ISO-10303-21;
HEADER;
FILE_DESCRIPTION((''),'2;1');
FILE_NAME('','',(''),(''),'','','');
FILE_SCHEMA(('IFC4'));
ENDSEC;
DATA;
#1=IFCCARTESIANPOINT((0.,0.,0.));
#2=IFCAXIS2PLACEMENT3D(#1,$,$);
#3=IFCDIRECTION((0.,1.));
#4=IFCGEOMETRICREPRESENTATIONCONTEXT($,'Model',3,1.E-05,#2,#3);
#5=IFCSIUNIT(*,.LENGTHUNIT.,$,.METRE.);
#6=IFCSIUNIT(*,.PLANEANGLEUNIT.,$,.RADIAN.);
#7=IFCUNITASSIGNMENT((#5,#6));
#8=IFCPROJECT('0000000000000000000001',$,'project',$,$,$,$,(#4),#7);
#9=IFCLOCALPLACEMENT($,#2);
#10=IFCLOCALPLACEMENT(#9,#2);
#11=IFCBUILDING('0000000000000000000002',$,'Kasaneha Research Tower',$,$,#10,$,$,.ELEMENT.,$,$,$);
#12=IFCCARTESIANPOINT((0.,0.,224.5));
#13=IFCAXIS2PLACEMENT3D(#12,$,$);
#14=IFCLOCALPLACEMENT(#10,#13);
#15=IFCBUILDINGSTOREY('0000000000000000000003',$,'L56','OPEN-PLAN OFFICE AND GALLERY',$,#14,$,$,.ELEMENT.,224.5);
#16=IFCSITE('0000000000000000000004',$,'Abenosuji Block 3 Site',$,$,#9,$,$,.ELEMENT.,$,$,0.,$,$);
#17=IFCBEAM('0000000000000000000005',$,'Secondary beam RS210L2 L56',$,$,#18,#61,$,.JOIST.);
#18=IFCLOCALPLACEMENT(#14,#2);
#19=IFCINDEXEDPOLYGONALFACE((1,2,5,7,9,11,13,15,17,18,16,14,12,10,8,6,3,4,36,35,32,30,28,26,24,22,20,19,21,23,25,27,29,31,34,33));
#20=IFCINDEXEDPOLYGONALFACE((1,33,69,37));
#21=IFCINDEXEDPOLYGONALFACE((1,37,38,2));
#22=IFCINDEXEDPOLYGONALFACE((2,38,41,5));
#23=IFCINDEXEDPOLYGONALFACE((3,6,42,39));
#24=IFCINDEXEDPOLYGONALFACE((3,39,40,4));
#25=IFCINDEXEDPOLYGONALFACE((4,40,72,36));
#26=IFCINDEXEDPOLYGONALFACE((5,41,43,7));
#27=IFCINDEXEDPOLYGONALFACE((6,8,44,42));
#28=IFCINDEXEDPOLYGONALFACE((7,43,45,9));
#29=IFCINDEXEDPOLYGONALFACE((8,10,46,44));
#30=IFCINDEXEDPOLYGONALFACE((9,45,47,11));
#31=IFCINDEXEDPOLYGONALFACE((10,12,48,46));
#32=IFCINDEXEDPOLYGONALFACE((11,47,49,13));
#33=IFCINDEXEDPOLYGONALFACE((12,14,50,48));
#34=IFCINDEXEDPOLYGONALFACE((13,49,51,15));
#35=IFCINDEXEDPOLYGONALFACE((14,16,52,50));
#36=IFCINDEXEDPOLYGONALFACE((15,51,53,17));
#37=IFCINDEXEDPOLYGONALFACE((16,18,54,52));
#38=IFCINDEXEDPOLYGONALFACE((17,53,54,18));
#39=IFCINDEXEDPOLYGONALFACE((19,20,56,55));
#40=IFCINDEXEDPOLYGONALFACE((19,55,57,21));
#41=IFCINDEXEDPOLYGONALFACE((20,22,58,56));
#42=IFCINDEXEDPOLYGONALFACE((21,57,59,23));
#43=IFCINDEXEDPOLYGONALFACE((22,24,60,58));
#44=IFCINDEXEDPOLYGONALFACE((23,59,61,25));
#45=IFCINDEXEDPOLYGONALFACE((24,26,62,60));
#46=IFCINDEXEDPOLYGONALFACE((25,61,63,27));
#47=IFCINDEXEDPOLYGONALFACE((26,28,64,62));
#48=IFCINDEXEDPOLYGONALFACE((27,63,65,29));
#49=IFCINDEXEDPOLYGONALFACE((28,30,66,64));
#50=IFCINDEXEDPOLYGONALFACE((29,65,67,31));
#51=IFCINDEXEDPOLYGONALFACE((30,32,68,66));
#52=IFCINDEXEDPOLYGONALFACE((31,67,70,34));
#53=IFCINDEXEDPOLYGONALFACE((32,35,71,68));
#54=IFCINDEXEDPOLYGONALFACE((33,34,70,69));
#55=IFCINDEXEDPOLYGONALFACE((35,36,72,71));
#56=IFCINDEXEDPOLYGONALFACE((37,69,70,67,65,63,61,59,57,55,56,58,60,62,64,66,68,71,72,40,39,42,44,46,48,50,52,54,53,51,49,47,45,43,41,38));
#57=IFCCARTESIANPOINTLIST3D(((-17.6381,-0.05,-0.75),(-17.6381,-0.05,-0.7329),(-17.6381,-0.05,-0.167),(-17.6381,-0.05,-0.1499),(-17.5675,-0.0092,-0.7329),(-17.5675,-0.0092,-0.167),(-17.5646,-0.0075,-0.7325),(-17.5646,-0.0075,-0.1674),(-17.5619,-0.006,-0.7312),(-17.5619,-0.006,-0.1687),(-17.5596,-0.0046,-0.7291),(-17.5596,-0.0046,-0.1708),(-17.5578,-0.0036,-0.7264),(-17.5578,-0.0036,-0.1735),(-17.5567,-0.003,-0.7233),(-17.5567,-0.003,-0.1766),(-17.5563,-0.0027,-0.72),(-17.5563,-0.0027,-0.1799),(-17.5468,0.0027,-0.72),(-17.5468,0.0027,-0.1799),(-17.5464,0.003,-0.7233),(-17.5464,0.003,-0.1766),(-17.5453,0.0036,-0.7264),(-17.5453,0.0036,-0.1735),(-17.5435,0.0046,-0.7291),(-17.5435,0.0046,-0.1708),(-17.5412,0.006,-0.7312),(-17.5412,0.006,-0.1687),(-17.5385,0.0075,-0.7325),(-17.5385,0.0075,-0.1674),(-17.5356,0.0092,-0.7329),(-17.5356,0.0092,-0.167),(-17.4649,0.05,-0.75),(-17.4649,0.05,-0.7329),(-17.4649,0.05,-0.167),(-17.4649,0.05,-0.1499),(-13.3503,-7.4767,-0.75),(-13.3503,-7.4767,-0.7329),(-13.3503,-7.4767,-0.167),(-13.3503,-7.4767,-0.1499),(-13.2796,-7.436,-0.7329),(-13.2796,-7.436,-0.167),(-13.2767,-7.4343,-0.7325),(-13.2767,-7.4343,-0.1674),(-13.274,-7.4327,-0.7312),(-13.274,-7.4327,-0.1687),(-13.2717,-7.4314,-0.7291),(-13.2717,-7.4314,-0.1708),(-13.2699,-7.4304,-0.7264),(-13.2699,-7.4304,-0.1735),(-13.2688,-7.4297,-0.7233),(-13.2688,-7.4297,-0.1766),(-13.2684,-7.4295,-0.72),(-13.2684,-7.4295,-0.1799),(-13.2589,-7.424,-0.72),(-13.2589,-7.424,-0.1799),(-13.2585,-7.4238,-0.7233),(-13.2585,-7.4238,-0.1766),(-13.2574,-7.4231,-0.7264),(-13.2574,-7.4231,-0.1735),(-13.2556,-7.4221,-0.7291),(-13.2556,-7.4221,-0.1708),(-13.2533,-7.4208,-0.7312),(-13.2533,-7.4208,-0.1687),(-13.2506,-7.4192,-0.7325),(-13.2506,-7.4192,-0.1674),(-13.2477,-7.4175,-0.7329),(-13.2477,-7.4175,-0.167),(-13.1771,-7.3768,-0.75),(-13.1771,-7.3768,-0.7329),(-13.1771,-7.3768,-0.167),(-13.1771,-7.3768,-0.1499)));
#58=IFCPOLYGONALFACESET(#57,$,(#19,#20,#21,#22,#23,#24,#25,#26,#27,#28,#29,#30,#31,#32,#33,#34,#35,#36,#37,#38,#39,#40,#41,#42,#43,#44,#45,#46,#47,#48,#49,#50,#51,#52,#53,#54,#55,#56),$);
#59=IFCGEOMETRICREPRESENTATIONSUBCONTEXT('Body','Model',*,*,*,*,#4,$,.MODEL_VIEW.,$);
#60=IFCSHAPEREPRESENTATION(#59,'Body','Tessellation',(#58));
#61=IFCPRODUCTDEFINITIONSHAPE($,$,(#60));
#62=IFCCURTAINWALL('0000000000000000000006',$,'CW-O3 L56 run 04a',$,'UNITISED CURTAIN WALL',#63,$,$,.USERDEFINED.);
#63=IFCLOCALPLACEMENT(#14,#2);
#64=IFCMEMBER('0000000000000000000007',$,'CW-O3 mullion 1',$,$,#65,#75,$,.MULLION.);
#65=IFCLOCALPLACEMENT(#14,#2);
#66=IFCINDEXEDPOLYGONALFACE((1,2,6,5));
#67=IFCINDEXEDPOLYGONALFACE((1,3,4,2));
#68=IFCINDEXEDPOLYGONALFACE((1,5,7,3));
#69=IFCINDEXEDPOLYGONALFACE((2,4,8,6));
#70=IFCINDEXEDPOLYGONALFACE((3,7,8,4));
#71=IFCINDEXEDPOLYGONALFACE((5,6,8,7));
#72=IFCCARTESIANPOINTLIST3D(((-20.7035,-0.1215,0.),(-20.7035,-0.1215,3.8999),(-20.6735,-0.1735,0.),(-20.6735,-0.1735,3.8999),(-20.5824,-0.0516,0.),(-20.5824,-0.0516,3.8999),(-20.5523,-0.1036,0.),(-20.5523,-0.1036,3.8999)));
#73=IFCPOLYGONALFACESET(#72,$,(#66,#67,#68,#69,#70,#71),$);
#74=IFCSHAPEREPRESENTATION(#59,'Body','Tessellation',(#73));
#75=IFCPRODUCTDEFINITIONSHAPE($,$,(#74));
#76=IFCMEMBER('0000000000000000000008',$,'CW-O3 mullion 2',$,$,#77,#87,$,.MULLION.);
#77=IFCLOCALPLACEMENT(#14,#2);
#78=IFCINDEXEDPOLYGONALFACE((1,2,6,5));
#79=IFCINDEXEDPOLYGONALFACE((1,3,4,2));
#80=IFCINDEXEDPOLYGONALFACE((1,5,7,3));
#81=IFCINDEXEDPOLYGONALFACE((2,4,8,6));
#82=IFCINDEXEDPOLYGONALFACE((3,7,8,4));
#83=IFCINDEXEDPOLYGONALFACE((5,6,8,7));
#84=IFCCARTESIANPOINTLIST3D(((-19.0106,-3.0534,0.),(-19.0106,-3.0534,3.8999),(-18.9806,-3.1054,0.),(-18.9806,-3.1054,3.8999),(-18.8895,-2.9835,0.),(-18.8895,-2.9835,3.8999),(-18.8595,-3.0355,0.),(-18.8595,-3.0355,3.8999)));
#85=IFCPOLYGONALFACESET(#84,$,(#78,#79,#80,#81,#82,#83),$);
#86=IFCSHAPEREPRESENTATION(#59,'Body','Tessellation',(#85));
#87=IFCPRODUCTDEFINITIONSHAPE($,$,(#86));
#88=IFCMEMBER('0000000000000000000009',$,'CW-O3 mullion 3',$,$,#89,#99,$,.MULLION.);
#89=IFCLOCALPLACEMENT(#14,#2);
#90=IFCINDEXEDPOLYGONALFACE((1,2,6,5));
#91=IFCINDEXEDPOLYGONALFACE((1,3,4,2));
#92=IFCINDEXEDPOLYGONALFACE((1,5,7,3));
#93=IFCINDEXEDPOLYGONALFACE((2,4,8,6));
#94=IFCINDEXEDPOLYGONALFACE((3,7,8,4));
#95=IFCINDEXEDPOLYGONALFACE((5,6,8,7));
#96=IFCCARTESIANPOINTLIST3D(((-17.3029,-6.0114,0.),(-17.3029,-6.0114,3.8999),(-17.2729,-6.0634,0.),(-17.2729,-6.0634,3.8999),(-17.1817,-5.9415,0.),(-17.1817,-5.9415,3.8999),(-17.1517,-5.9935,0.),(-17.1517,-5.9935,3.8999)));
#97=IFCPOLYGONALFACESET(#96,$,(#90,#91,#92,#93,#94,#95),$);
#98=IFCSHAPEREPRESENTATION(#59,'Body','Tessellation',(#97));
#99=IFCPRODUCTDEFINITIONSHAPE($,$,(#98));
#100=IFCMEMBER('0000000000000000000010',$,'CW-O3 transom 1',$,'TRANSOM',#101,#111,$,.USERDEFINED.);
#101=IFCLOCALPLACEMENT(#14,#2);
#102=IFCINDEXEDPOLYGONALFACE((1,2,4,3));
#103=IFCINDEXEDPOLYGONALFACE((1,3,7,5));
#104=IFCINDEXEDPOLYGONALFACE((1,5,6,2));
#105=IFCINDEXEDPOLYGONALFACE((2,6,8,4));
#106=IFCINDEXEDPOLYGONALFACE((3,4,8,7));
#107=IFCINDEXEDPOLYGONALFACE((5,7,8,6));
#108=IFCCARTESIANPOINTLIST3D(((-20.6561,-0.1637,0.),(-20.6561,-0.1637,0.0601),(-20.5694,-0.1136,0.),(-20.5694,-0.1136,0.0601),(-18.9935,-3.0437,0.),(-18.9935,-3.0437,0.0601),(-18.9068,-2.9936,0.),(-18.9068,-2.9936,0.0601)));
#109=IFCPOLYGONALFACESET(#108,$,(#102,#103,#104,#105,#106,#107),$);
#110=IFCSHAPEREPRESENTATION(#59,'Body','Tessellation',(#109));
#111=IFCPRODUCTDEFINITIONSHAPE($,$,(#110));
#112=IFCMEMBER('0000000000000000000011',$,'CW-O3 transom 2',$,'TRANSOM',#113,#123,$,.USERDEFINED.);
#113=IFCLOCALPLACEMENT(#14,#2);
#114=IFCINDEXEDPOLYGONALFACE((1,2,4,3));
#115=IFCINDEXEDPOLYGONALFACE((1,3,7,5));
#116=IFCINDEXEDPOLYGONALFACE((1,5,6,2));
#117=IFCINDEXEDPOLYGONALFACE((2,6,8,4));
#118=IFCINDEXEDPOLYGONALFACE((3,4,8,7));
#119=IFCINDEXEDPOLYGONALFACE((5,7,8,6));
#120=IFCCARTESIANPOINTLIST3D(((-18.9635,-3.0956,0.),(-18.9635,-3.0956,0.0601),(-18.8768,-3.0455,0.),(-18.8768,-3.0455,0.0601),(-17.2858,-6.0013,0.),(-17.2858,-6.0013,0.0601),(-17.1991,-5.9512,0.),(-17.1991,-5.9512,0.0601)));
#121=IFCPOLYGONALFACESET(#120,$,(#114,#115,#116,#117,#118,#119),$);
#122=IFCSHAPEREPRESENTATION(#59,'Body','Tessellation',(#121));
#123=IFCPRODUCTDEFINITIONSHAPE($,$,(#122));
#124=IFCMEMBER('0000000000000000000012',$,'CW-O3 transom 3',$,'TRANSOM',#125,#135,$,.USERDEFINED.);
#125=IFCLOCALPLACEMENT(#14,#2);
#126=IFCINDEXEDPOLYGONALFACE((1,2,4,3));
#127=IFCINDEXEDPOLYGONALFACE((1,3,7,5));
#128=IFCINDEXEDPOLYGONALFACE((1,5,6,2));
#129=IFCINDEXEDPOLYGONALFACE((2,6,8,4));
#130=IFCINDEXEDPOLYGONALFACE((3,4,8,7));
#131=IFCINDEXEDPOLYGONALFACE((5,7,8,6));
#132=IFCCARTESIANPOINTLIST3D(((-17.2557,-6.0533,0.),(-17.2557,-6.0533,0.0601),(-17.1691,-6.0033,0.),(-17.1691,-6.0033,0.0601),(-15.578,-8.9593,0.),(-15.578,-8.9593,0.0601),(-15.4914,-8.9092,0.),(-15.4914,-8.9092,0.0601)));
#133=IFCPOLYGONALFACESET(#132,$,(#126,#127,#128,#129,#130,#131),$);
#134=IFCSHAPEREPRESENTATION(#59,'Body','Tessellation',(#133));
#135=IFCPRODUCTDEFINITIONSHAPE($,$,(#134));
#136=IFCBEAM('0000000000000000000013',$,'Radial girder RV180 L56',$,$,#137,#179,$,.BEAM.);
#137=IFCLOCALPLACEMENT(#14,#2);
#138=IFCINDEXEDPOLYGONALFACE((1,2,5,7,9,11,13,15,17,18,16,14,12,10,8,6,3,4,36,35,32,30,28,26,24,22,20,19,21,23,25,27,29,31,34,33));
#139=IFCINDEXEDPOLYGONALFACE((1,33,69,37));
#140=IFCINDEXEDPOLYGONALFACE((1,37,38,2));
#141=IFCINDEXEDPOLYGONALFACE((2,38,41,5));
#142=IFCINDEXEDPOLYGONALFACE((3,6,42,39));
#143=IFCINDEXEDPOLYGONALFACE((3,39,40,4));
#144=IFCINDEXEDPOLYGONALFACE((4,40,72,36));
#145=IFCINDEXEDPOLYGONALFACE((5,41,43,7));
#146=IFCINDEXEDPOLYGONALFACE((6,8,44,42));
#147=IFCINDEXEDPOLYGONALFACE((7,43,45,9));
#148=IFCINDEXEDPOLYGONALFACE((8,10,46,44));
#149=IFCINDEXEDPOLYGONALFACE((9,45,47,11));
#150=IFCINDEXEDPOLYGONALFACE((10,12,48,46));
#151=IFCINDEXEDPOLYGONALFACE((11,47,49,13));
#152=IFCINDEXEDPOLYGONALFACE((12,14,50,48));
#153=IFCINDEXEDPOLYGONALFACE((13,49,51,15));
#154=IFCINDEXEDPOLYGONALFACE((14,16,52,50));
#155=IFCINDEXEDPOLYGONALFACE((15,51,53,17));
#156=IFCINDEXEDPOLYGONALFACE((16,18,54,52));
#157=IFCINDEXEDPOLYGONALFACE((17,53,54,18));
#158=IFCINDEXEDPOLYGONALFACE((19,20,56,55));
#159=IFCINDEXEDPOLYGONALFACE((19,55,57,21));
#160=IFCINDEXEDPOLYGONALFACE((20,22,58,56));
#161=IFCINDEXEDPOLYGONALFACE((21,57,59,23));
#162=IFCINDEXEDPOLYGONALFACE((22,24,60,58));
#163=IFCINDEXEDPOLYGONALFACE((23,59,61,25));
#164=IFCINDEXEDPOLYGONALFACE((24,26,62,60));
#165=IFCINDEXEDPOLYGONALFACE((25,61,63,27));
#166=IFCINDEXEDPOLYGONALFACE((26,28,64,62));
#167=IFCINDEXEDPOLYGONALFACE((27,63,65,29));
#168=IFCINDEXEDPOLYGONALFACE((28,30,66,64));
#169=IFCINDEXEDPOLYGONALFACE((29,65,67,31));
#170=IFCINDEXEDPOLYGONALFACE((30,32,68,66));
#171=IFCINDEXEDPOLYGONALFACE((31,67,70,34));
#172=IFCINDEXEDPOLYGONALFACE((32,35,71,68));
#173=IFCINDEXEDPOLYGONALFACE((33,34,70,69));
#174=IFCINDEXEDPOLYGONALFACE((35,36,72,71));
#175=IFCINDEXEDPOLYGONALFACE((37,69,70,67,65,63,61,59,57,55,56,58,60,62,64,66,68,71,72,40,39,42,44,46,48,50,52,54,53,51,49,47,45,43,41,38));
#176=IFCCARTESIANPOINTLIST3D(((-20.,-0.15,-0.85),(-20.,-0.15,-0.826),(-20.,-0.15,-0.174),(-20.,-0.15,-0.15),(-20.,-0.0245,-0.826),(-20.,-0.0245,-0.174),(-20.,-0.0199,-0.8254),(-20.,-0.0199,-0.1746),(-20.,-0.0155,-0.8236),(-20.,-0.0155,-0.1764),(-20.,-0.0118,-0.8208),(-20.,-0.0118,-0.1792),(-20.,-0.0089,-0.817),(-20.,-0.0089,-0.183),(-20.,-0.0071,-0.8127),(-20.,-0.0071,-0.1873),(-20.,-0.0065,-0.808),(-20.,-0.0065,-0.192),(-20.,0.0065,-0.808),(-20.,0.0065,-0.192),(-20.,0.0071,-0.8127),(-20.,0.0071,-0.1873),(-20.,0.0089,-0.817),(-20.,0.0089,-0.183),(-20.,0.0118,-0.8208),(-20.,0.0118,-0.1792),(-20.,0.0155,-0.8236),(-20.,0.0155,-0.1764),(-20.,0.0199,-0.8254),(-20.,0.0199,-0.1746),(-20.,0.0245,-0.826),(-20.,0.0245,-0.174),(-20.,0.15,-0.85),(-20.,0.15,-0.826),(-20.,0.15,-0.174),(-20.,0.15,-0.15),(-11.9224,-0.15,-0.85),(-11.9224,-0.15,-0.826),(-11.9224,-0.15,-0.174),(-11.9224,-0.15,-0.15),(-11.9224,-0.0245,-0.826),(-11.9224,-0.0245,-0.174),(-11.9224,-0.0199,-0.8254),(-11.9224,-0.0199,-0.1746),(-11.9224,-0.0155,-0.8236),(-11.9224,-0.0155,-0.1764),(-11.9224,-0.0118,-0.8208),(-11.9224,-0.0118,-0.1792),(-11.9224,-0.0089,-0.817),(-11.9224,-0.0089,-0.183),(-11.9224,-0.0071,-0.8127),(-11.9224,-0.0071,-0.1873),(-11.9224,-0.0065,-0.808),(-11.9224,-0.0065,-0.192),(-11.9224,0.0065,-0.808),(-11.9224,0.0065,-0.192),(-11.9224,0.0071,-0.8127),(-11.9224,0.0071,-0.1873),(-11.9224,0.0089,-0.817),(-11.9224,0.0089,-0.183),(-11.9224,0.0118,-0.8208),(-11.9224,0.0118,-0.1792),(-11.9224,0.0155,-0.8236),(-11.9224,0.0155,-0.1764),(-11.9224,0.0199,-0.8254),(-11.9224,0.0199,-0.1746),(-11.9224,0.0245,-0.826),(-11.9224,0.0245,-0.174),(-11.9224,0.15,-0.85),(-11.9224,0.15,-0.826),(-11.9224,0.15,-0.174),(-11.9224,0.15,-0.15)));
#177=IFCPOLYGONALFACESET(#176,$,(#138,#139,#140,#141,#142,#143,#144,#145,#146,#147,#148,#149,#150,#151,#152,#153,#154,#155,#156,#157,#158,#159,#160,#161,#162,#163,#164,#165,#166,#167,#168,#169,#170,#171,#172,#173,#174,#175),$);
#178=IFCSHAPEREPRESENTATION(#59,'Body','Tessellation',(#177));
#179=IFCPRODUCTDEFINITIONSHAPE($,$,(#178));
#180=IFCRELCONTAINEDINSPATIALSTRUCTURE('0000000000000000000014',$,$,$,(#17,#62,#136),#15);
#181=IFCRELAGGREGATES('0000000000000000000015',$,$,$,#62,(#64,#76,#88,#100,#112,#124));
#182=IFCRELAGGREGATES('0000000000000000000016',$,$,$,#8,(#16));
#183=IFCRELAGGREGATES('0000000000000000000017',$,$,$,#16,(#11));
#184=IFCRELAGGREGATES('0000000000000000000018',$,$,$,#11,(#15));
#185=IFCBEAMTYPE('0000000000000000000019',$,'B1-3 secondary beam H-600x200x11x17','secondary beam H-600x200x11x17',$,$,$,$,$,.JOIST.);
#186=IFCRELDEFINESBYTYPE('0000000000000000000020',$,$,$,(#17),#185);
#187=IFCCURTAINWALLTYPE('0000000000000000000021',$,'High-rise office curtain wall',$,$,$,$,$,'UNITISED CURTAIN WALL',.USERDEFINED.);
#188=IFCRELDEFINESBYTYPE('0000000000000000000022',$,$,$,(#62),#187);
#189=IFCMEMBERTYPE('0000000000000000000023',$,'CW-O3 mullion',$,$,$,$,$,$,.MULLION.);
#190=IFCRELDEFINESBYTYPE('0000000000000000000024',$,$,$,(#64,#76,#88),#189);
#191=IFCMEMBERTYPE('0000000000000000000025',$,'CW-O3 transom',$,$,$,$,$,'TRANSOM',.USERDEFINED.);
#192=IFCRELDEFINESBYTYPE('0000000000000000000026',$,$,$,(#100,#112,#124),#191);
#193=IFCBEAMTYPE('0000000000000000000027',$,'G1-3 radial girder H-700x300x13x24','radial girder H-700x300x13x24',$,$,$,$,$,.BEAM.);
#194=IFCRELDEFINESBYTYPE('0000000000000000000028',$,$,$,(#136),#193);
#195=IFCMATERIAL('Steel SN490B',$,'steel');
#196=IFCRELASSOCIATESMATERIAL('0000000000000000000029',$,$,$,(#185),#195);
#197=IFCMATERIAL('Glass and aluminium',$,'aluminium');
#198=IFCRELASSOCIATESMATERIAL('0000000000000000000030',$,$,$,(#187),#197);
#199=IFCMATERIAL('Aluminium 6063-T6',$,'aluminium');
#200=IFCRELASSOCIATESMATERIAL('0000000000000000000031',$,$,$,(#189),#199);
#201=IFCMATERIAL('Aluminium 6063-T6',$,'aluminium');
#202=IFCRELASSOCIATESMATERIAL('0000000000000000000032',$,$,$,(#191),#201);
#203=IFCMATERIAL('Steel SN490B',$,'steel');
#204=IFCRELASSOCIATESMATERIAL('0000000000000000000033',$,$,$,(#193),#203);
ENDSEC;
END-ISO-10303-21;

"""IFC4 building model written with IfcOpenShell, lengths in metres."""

from ifc_helpers import new_model, si_unit, direction, frame, origin, origin_2d, place, context, subcontext, project, spatial, rectangle, i_section, extrude, material, material_profile, profile_set, type_object, element, aggregate, save


model = new_model("IFC4")

# Units and contexts
model_context = context("Model", 3, precision=1e-05, world=origin(), true_north=direction((0.0, 1.0)))
body_context = subcontext(model_context, "Body", "Model", "MODEL_VIEW")
ifc_project = project(units=[si_unit("LENGTHUNIT", "METRE"), si_unit("PLANEANGLEUNIT", "RADIAN")], contexts=[model_context])

# Site, building, storey
site_placement = place(None, origin())
site = spatial("IfcSite", under=ifc_project, at=site_placement, Name="Abenosuji Block 3 Site", CompositionType="ELEMENT", RefElevation=0.0)
building_placement = place(site_placement, origin())
building = spatial("IfcBuilding", under=site, at=building_placement, Name="Kasaneha Research Tower", CompositionType="ELEMENT")
storey_placement = place(building_placement, frame((0.0, 0.0, 224.5)))
storey = spatial("IfcBuildingStorey", under=building, at=storey_placement, Name="L56", Description="OPEN-PLAN OFFICE AND GALLERY", CompositionType="ELEMENT", Elevation=224.5)

# Beam
ifc_material_1 = material(Name="Steel SN490B", Category="steel")
ifc_material_profile_1 = material_profile(ifc_material_1, i_section(OverallWidth=0.2, OverallDepth=0.6001, WebThickness=0.011, FlangeThickness=0.0171, FilletRadius=0.0129, at=origin_2d()), Name="H-600x200x11x17")
ifc_profile_set_1 = profile_set([ifc_material_profile_1], Name="Steel SN490B")
beam_type_1 = type_object("IfcBeamType", Name="B1-3 secondary beam H-600x200x11x17", Description="secondary beam H-600x200x11x17", PredefinedType="JOIST", material=ifc_profile_set_1)
beam_1_placement = place(storey_placement, frame((-17.5515, 0.0, -0.45), z_axis=(0.5, -0.866025, 0.0), x_axis=(0.866025, 0.5, 0.0)))
element("IfcBeam", 1, at=beam_1_placement, inside=storey, type_object=beam_type_1, Name="Secondary beam RS210L2 L56", PredefinedType="JOIST", context=body_context, shape_type="SweptSolid", body=[
    extrude(i_section(OverallWidth=0.2, OverallDepth=0.6001, WebThickness=0.011, FlangeThickness=0.0171, FilletRadius=0.0129, at=origin_2d()), origin(), (0.0, 0.0, 1.0), 8.5757),
])

# Curtain wall, members
ifc_material_2 = material(Name="Glass and aluminium", Category="aluminium")
curtain_wall_type = type_object("IfcCurtainWallType", Name="High-rise office curtain wall", ElementType="UNITISED CURTAIN WALL", PredefinedType="USERDEFINED", material=ifc_material_2)
curtain_wall_placement = place(storey_placement, origin())
curtain_wall = element("IfcCurtainWall", 2, at=curtain_wall_placement, inside=storey, type_object=curtain_wall_type, Name="CW-O3 L56 run 04a", ObjectType="UNITISED CURTAIN WALL", PredefinedType="USERDEFINED")
ifc_material_3 = material(Name="Aluminium 6063-T6", Category="aluminium")
ifc_material_profile_2 = material_profile(ifc_material_3, rectangle(XDim=0.0601, YDim=0.1399, at=origin_2d()), Name="CW-O3 mullion 60x140")
ifc_profile_set_2 = profile_set([ifc_material_profile_2], Name="Aluminium 6063-T6")
member_type_1 = type_object("IfcMemberType", Name="CW-O3 mullion", PredefinedType="MULLION", material=ifc_profile_set_2)
member_1_placement = place(storey_placement, frame((-20.6279, -0.1125, 0.0), z_axis=(0.0, 0.0, 1.0), x_axis=(0.5, -0.866025, 0.0)))
member_1 = element("IfcMember", 3, at=member_1_placement, type_object=member_type_1, Name="CW-O3 mullion 1", PredefinedType="MULLION", context=body_context, shape_type="SweptSolid", body=[
    extrude(rectangle(XDim=0.0601, YDim=0.1399, at=origin_2d()), origin(), (0.0, 0.0, 1.0), 3.8999),
])
member_2_placement = place(storey_placement, frame((-18.9351, -3.0444, 0.0), z_axis=(0.0, 0.0, 1.0), x_axis=(0.5, -0.866025, 0.0)))
member_2 = element("IfcMember", 4, at=member_2_placement, type_object=member_type_1, Name="CW-O3 mullion 2", PredefinedType="MULLION", context=body_context, shape_type="SweptSolid", body=[
    extrude(rectangle(XDim=0.0601, YDim=0.1399, at=origin_2d()), origin(), (0.0, 0.0, 1.0), 3.8999),
])
member_3_placement = place(storey_placement, frame((-17.2273, -6.0024, 0.0), z_axis=(0.0, 0.0, 1.0), x_axis=(0.5, -0.866025, 0.0)))
member_3 = element("IfcMember", 5, at=member_3_placement, type_object=member_type_1, Name="CW-O3 mullion 3", PredefinedType="MULLION", context=body_context, shape_type="SweptSolid", body=[
    extrude(rectangle(XDim=0.0601, YDim=0.1399, at=origin_2d()), origin(), (0.0, 0.0, 1.0), 3.8999),
])
ifc_material_4 = material(Name="Aluminium 6063-T6", Category="aluminium")
ifc_material_profile_3 = material_profile(ifc_material_4, rectangle(XDim=0.1001, YDim=0.0601, at=origin_2d()), Name="CW-O3 transom 100x60")
ifc_profile_set_3 = profile_set([ifc_material_profile_3], Name="Aluminium 6063-T6")
member_type_2 = type_object("IfcMemberType", Name="CW-O3 transom", ElementType="TRANSOM", PredefinedType="USERDEFINED", material=ifc_profile_set_3)
member_4_placement = place(storey_placement, frame((-20.6128, -0.1387, 0.03), z_axis=(0.499977, -0.866039, 0.0), x_axis=(0.866039, 0.499977, 0.0)))
member_4 = element("IfcMember", 6, at=member_4_placement, type_object=member_type_2, Name="CW-O3 transom 1", ObjectType="TRANSOM", PredefinedType="USERDEFINED", context=body_context, shape_type="SweptSolid", body=[
    extrude(rectangle(XDim=0.1001, YDim=0.0601, at=origin_2d()), origin(), (0.0, 0.0, 1.0), 3.3254),
])
member_5_placement = place(storey_placement, frame((-18.9202, -3.0706, 0.03), z_axis=(0.500021, -0.866014, 0.0), x_axis=(0.866014, 0.500021, 0.0)))
member_5 = element("IfcMember", 7, at=member_5_placement, type_object=member_type_2, Name="CW-O3 transom 2", ObjectType="TRANSOM", PredefinedType="USERDEFINED", context=body_context, shape_type="SweptSolid", body=[
    extrude(rectangle(XDim=0.1001, YDim=0.0601, at=origin_2d()), origin(), (0.0, 0.0, 1.0), 3.3552),
])
member_6_placement = place(storey_placement, frame((-17.2124, -6.0283, 0.03), z_axis=(0.499989, -0.866032, 0.0), x_axis=(0.866032, 0.499989, 0.0)))
member_6 = element("IfcMember", 8, at=member_6_placement, type_object=member_type_2, Name="CW-O3 transom 3", ObjectType="TRANSOM", PredefinedType="USERDEFINED", context=body_context, shape_type="SweptSolid", body=[
    extrude(rectangle(XDim=0.1001, YDim=0.0601, at=origin_2d()), origin(), (0.0, 0.0, 1.0), 3.3555),
])

# Beam
ifc_material_5 = material(Name="Steel SN490B", Category="steel")
ifc_material_profile_4 = material_profile(ifc_material_5, i_section(OverallWidth=0.3, OverallDepth=0.7, WebThickness=0.0129, FlangeThickness=0.0239, FilletRadius=0.0181, at=origin_2d()), Name="H-700x300x13x24")
ifc_profile_set_4 = profile_set([ifc_material_profile_4], Name="Steel SN490B")
beam_type_2 = type_object("IfcBeamType", Name="G1-3 radial girder H-700x300x13x24", Description="radial girder H-700x300x13x24", PredefinedType="BEAM", material=ifc_profile_set_4)
beam_2_placement = place(storey_placement, frame((-11.9224, 0.0, -0.5), z_axis=(-1.0, 0.0, 0.0), x_axis=(0.0, -1.0, 0.0)))
element("IfcBeam", 9, at=beam_2_placement, inside=storey, type_object=beam_type_2, Name="Radial girder RV180 L56", PredefinedType="BEAM", context=body_context, shape_type="SweptSolid", body=[
    extrude(i_section(OverallWidth=0.3, OverallDepth=0.7, WebThickness=0.0129, FlangeThickness=0.0239, FilletRadius=0.0181, at=origin_2d()), origin(), (0.0, 0.0, 1.0), 8.0776),
])

aggregate(curtain_wall, [member_1, member_2, member_3, member_4, member_5, member_6])

save(model, "model.ifc")
